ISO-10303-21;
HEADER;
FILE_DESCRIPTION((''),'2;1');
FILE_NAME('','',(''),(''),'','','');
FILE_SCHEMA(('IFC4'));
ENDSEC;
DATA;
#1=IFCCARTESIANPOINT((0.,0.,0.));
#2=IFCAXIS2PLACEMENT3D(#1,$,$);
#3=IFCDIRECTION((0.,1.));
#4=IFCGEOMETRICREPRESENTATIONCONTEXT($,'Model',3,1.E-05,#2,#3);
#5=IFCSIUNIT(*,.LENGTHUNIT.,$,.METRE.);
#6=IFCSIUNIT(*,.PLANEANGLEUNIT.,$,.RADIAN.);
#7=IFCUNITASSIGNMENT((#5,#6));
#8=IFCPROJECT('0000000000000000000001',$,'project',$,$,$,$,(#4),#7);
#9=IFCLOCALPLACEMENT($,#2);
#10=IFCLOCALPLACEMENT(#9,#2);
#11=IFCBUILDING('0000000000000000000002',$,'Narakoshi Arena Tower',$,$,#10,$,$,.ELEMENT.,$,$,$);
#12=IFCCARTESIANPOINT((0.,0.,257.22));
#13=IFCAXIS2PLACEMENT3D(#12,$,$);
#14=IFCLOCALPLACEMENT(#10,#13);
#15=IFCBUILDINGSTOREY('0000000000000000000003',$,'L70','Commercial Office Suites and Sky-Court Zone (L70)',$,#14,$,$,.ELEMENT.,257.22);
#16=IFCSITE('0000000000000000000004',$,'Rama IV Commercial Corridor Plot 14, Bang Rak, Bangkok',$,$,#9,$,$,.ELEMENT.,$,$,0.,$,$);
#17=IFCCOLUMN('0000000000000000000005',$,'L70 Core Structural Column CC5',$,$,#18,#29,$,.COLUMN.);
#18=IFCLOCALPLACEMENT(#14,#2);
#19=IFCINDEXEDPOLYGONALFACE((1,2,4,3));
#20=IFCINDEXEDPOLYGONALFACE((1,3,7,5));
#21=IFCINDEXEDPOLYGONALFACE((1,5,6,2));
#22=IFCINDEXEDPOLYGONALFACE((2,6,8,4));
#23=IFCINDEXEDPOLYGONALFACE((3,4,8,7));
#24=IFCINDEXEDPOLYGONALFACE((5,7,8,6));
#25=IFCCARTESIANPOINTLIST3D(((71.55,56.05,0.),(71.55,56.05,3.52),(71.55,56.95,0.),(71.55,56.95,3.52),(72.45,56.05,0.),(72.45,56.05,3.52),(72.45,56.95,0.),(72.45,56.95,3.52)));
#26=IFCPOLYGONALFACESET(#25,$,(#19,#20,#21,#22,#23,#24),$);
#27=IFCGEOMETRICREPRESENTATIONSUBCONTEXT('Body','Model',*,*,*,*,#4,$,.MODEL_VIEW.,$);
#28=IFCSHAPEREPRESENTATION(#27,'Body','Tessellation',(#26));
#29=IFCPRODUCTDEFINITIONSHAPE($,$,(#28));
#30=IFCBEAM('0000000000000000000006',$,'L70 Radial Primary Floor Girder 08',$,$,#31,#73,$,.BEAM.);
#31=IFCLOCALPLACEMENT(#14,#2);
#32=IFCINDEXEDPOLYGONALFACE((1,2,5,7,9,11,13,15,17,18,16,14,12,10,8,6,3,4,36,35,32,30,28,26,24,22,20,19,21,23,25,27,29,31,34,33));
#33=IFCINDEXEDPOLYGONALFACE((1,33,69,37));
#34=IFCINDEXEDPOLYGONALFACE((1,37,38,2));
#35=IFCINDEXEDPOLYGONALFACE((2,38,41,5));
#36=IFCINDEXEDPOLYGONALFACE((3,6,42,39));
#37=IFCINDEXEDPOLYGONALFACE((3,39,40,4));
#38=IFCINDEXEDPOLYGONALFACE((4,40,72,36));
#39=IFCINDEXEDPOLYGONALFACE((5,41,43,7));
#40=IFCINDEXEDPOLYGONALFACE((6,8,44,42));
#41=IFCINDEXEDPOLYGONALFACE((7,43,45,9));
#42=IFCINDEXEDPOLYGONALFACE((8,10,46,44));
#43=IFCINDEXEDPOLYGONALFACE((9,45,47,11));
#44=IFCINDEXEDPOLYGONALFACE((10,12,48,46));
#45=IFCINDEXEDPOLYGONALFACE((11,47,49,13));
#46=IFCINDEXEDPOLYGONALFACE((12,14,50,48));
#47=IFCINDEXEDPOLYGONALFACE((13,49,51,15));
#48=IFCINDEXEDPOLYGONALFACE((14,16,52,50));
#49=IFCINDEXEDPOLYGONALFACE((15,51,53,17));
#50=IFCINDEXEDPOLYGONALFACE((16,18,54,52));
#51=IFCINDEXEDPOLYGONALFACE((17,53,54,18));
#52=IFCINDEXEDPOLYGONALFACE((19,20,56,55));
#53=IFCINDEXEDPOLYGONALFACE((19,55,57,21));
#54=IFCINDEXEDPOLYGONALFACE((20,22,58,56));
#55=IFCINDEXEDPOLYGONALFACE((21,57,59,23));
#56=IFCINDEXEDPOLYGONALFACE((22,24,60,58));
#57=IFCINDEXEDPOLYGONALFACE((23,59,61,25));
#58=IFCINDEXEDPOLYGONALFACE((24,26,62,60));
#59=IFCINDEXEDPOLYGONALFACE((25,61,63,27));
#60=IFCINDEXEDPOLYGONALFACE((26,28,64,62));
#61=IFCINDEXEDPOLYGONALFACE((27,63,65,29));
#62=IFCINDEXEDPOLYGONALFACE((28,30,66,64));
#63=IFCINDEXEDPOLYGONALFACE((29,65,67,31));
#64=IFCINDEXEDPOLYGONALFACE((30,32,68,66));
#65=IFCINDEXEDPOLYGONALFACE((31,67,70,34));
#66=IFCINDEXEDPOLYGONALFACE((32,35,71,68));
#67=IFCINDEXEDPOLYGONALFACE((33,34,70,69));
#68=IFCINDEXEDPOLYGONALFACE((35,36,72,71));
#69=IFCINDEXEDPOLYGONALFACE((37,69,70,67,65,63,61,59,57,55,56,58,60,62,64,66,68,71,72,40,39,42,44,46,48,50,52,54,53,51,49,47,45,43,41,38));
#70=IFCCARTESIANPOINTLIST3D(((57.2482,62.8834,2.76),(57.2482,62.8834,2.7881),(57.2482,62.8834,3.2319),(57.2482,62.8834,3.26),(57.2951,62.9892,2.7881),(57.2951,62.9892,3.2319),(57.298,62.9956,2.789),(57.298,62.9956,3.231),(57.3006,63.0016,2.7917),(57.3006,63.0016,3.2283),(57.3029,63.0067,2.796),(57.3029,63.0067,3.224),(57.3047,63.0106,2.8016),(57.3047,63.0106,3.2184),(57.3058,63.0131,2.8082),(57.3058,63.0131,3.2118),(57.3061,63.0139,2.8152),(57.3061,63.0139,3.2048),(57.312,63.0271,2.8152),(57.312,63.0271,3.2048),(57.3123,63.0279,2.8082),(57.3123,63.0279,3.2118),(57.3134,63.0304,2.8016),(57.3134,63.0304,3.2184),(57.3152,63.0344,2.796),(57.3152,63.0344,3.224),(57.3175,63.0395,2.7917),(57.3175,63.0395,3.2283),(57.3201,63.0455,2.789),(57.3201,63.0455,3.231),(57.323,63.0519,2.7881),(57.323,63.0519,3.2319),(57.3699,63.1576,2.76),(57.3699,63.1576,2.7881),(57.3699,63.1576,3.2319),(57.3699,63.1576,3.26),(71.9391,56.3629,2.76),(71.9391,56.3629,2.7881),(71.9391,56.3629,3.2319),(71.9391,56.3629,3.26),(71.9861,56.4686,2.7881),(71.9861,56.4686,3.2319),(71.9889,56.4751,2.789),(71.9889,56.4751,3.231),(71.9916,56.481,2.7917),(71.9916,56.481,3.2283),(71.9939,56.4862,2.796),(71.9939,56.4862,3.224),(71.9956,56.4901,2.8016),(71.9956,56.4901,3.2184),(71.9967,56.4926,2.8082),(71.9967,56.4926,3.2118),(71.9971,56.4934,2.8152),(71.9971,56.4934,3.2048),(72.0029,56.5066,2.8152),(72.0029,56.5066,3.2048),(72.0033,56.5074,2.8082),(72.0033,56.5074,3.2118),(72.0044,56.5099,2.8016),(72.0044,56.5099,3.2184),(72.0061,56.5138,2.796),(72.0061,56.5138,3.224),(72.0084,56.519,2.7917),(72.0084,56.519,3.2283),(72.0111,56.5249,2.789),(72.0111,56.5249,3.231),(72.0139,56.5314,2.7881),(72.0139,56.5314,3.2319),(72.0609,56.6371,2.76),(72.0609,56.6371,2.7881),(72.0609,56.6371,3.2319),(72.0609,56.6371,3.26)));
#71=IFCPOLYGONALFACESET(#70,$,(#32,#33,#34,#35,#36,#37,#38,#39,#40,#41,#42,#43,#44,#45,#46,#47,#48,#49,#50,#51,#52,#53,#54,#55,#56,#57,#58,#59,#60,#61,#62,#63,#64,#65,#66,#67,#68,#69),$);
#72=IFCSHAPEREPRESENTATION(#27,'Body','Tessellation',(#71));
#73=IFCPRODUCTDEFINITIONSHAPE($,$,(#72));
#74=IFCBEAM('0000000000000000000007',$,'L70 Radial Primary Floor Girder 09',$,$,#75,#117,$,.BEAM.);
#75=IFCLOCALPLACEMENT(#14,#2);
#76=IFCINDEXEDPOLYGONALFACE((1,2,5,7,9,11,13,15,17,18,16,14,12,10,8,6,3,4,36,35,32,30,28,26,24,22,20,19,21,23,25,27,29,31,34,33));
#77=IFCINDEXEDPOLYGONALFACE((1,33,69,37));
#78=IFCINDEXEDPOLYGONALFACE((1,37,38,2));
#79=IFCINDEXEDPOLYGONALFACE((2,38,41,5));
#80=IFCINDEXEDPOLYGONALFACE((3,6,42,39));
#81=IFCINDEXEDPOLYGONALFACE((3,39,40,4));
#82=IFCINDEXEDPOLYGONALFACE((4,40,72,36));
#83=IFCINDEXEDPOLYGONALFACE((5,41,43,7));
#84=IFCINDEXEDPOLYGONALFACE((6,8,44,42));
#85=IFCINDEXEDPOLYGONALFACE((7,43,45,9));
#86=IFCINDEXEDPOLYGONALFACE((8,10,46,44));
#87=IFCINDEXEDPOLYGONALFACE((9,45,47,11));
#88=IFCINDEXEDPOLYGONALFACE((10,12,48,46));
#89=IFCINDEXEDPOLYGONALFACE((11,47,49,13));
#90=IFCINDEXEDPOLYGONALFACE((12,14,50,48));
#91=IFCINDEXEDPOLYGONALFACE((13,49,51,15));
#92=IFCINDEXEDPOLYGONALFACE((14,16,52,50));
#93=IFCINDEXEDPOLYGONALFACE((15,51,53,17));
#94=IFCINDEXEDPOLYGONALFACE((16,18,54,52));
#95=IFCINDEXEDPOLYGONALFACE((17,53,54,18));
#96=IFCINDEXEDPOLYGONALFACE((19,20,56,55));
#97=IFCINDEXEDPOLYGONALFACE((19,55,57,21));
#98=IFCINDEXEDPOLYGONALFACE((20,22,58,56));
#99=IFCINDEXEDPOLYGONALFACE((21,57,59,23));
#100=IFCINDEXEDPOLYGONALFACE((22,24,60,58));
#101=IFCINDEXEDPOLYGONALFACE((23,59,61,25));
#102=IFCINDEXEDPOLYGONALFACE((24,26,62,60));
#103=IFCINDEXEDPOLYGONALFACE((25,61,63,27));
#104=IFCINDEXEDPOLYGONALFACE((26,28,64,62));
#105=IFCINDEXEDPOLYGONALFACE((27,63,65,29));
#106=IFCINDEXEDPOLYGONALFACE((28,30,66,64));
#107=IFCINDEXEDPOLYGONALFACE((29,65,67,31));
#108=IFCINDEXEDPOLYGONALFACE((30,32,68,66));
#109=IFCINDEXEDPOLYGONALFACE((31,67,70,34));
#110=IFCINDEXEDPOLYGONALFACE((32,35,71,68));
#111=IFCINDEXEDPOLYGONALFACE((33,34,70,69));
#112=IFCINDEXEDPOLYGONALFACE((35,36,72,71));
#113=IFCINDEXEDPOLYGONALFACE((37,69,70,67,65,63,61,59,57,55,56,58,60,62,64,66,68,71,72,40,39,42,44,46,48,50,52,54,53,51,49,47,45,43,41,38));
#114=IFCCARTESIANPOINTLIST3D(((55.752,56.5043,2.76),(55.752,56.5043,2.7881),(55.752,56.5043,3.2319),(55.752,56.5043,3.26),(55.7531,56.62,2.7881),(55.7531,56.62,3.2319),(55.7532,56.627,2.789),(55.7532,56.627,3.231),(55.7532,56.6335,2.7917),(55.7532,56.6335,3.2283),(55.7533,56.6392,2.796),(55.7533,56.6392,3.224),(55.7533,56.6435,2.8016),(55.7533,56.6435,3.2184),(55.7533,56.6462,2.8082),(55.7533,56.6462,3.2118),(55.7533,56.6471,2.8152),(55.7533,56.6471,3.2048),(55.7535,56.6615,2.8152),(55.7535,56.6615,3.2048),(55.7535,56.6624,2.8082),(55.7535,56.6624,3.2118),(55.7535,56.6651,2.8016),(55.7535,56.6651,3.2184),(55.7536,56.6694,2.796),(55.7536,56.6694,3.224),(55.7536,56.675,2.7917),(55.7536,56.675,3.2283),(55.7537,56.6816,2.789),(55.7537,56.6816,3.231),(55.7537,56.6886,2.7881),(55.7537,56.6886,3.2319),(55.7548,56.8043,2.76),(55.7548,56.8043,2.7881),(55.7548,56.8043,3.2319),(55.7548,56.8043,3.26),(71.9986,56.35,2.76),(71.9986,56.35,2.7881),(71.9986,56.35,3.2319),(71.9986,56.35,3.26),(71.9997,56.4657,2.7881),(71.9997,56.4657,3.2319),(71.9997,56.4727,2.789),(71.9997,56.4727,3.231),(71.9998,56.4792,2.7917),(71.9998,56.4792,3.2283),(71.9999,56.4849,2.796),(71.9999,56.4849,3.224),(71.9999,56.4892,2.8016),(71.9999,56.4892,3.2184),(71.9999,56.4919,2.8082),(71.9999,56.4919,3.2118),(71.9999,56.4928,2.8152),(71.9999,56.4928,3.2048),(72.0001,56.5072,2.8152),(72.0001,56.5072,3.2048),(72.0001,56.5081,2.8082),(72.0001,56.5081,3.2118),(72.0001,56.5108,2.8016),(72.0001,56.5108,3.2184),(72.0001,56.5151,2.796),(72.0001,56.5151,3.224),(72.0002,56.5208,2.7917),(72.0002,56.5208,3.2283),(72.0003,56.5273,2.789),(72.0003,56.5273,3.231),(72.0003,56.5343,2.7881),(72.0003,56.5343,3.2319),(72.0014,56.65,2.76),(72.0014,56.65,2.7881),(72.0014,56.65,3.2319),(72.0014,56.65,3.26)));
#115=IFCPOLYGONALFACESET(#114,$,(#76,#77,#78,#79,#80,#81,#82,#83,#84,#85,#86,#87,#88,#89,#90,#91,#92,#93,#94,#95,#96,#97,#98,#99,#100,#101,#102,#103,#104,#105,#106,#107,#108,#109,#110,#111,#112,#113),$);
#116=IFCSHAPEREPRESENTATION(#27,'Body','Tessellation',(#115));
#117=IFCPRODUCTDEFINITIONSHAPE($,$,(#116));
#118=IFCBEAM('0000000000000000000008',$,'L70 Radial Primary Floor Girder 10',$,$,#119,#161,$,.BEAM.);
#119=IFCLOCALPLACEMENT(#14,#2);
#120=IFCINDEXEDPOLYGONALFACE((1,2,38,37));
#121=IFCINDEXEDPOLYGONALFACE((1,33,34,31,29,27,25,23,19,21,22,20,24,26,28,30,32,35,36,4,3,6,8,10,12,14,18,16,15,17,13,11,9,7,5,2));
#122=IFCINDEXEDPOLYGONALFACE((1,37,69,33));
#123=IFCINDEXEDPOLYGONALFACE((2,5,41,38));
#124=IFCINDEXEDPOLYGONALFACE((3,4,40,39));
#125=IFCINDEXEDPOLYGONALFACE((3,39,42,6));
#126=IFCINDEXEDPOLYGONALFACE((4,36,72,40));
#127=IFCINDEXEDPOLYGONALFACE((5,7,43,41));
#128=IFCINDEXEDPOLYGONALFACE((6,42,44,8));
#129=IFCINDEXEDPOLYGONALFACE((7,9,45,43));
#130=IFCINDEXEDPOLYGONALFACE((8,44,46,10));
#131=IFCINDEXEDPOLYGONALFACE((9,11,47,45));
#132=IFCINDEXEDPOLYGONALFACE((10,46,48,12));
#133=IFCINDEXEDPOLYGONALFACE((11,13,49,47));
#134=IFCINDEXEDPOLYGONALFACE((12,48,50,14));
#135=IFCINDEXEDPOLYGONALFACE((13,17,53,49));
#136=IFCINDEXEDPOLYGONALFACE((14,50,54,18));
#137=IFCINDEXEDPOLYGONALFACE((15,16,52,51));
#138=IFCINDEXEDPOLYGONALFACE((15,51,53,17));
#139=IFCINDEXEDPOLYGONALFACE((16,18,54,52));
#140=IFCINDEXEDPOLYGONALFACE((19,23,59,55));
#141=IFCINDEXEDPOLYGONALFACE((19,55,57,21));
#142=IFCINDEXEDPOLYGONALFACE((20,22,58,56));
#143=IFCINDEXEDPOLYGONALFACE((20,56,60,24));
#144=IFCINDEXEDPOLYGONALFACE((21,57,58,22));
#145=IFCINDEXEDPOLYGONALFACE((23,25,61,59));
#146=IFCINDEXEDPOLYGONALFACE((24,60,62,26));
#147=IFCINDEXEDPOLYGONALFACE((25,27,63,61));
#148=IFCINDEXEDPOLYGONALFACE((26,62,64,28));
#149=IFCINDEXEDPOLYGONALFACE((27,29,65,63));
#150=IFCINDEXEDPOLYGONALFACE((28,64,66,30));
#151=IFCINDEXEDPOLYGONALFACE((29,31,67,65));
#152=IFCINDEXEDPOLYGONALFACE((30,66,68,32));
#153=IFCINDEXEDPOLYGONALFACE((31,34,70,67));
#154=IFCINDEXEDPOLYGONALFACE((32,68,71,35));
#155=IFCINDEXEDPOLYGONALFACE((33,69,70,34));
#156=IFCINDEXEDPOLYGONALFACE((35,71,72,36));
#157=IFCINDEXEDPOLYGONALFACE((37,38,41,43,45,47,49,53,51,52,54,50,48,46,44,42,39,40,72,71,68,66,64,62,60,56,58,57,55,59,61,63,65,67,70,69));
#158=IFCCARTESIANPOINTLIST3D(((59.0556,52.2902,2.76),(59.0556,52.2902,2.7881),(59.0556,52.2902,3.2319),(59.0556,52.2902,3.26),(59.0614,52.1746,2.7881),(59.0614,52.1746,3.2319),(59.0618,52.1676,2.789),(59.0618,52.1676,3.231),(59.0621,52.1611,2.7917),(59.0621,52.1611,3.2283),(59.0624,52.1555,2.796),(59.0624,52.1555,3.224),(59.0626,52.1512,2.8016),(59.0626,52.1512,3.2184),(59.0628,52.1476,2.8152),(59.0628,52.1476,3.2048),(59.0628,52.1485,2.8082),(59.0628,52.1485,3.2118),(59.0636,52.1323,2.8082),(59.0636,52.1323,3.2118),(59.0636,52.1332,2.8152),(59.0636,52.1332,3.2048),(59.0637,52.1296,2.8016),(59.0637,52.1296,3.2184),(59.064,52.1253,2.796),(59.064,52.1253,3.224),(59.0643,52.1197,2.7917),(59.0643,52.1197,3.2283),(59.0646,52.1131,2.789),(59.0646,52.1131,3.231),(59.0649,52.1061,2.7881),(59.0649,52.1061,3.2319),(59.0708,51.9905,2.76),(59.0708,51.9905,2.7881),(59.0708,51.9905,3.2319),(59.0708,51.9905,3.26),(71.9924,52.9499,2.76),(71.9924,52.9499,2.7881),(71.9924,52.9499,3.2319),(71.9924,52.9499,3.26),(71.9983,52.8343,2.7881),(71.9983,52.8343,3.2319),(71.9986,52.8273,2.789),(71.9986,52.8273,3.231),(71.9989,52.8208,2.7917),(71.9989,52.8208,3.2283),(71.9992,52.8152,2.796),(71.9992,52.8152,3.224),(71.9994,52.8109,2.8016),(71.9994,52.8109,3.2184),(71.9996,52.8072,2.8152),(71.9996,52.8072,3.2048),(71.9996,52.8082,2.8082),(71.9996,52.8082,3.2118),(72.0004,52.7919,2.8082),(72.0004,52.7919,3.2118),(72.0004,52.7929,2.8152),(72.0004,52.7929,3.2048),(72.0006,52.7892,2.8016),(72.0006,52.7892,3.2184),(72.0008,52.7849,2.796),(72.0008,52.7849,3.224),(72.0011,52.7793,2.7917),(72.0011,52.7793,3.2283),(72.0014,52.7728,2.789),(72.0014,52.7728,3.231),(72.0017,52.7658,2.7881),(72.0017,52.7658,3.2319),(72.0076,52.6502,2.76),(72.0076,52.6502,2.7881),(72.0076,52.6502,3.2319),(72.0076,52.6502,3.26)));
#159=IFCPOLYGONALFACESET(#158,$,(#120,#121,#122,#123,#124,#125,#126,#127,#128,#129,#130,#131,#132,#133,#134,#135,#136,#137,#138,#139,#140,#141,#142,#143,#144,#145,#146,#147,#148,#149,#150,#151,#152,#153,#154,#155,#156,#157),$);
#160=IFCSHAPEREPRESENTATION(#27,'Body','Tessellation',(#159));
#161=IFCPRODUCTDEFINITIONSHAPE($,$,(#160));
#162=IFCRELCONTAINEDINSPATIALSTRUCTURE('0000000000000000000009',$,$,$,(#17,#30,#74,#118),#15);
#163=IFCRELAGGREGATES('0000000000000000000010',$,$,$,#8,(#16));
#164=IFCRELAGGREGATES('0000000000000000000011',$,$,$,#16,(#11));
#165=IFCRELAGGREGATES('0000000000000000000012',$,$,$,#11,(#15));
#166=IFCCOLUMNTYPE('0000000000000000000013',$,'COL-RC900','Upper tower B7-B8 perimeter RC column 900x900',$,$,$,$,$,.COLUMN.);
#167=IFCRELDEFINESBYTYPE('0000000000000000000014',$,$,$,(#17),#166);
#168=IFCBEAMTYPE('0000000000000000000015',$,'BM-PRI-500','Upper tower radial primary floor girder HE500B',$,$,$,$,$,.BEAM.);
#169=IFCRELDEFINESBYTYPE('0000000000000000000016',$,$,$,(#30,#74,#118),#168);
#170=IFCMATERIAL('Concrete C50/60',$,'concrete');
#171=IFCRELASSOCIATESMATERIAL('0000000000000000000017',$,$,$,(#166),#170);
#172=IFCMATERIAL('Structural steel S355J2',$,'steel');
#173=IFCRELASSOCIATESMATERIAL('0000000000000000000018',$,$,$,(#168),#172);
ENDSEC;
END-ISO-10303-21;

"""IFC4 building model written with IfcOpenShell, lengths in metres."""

from ifc_helpers import new_model, si_unit, direction, frame, origin, origin_2d, place, context, subcontext, project, spatial, rectangle, i_section, extrude, material, material_profile, profile_set, type_object, element, save


model = new_model("IFC4")

# Units and contexts
model_context = context("Model", 3, precision=1e-05, world=origin(), true_north=direction((0.0, 1.0)))
body_context = subcontext(model_context, "Body", "Model", "MODEL_VIEW")
ifc_project = project(units=[si_unit("LENGTHUNIT", "METRE"), si_unit("PLANEANGLEUNIT", "RADIAN")], contexts=[model_context])

# Site, building, storey
site_placement = place(None, origin())
site = spatial("IfcSite", under=ifc_project, at=site_placement, Name="Rama IV Commercial Corridor Plot 14, Bang Rak, Bangkok", CompositionType="ELEMENT", RefElevation=0.0)
building_placement = place(site_placement, origin())
building = spatial("IfcBuilding", under=site, at=building_placement, Name="Narakoshi Arena Tower", CompositionType="ELEMENT")
storey_placement = place(building_placement, frame((0.0, 0.0, 257.22)))
storey = spatial("IfcBuildingStorey", under=building, at=storey_placement, Name="L70", Description="Commercial Office Suites and Sky-Court Zone (L70)", CompositionType="ELEMENT", Elevation=257.22)

# Column
ifc_material_1 = material(Name="Concrete C50/60", Category="concrete")
ifc_material_profile_1 = material_profile(ifc_material_1, rectangle(XDim=0.8999, YDim=0.8999, at=origin_2d()), Name="RC900x900")
ifc_profile_set_1 = profile_set([ifc_material_profile_1], Name="Concrete C50/60")
column_type = type_object("IfcColumnType", Name="COL-RC900", Description="Upper tower B7-B8 perimeter RC column 900x900", PredefinedType="COLUMN", material=ifc_profile_set_1)
column_placement = place(storey_placement, frame((72.0, 56.5, 0.0), z_axis=(0.0, 0.0, 1.0), x_axis=(1.0, 0.0, 0.0)))
element("IfcColumn", 1, at=column_placement, inside=storey, type_object=column_type, Name="L70 Core Structural Column CC5", PredefinedType="COLUMN", context=body_context, shape_type="SweptSolid", body=[
    extrude(rectangle(XDim=0.8999, YDim=0.8999, at=origin_2d()), origin(), (0.0, 0.0, 1.0), 3.52),
])

# Beams
ifc_material_2 = material(Name="Structural steel S355J2", Category="steel")
ifc_material_profile_2 = material_profile(ifc_material_2, i_section(OverallWidth=0.3, OverallDepth=0.5, WebThickness=0.0144, FlangeThickness=0.0281, FilletRadius=0.0271, at=origin_2d()), Name="HE500B")
ifc_profile_set_2 = profile_set([ifc_material_profile_2], Name="Structural steel S355J2")
beam_type = type_object("IfcBeamType", Name="BM-PRI-500", Description="Upper tower radial primary floor girder HE500B", PredefinedType="BEAM", material=ifc_profile_set_2)
beam_1_placement = place(storey_placement, frame((72.0, 56.5, 3.01), z_axis=(-0.914014, 0.405682, 0.0), x_axis=(-0.405682, -0.914014, 0.0)))
element("IfcBeam", 2, at=beam_1_placement, inside=storey, type_object=beam_type, Name="L70 Radial Primary Floor Girder 08", PredefinedType="BEAM", context=body_context, shape_type="SweptSolid", body=[
    extrude(i_section(OverallWidth=0.3, OverallDepth=0.5, WebThickness=0.0144, FlangeThickness=0.0281, FilletRadius=0.0271, at=origin_2d()), origin(), (0.0, 0.0, 1.0), 16.073),
])
beam_2_placement = place(storey_placement, frame((72.0, 56.5, 3.01), z_axis=(-0.999955, 0.009497, 0.0), x_axis=(-0.009497, -0.999955, 0.0)))
element("IfcBeam", 3, at=beam_2_placement, inside=storey, type_object=beam_type, Name="L70 Radial Primary Floor Girder 09", PredefinedType="BEAM", context=body_context, shape_type="SweptSolid", body=[
    extrude(i_section(OverallWidth=0.3, OverallDepth=0.5, WebThickness=0.0144, FlangeThickness=0.0281, FilletRadius=0.0271, at=origin_2d()), origin(), (0.0, 0.0, 1.0), 16.2473),
])
beam_3_placement = place(storey_placement, frame((72.0, 52.8, 3.01), z_axis=(-0.998702, -0.050926, 0.0), x_axis=(0.050926, -0.998702, 0.0)))
element("IfcBeam", 4, at=beam_3_placement, inside=storey, type_object=beam_type, Name="L70 Radial Primary Floor Girder 10", PredefinedType="BEAM", context=body_context, shape_type="SweptSolid", body=[
    extrude(i_section(OverallWidth=0.3, OverallDepth=0.5, WebThickness=0.0144, FlangeThickness=0.0281, FilletRadius=0.0271, at=origin_2d()), origin(), (0.0, 0.0, 1.0), 12.9536),
])

save(model, "model.ifc")
